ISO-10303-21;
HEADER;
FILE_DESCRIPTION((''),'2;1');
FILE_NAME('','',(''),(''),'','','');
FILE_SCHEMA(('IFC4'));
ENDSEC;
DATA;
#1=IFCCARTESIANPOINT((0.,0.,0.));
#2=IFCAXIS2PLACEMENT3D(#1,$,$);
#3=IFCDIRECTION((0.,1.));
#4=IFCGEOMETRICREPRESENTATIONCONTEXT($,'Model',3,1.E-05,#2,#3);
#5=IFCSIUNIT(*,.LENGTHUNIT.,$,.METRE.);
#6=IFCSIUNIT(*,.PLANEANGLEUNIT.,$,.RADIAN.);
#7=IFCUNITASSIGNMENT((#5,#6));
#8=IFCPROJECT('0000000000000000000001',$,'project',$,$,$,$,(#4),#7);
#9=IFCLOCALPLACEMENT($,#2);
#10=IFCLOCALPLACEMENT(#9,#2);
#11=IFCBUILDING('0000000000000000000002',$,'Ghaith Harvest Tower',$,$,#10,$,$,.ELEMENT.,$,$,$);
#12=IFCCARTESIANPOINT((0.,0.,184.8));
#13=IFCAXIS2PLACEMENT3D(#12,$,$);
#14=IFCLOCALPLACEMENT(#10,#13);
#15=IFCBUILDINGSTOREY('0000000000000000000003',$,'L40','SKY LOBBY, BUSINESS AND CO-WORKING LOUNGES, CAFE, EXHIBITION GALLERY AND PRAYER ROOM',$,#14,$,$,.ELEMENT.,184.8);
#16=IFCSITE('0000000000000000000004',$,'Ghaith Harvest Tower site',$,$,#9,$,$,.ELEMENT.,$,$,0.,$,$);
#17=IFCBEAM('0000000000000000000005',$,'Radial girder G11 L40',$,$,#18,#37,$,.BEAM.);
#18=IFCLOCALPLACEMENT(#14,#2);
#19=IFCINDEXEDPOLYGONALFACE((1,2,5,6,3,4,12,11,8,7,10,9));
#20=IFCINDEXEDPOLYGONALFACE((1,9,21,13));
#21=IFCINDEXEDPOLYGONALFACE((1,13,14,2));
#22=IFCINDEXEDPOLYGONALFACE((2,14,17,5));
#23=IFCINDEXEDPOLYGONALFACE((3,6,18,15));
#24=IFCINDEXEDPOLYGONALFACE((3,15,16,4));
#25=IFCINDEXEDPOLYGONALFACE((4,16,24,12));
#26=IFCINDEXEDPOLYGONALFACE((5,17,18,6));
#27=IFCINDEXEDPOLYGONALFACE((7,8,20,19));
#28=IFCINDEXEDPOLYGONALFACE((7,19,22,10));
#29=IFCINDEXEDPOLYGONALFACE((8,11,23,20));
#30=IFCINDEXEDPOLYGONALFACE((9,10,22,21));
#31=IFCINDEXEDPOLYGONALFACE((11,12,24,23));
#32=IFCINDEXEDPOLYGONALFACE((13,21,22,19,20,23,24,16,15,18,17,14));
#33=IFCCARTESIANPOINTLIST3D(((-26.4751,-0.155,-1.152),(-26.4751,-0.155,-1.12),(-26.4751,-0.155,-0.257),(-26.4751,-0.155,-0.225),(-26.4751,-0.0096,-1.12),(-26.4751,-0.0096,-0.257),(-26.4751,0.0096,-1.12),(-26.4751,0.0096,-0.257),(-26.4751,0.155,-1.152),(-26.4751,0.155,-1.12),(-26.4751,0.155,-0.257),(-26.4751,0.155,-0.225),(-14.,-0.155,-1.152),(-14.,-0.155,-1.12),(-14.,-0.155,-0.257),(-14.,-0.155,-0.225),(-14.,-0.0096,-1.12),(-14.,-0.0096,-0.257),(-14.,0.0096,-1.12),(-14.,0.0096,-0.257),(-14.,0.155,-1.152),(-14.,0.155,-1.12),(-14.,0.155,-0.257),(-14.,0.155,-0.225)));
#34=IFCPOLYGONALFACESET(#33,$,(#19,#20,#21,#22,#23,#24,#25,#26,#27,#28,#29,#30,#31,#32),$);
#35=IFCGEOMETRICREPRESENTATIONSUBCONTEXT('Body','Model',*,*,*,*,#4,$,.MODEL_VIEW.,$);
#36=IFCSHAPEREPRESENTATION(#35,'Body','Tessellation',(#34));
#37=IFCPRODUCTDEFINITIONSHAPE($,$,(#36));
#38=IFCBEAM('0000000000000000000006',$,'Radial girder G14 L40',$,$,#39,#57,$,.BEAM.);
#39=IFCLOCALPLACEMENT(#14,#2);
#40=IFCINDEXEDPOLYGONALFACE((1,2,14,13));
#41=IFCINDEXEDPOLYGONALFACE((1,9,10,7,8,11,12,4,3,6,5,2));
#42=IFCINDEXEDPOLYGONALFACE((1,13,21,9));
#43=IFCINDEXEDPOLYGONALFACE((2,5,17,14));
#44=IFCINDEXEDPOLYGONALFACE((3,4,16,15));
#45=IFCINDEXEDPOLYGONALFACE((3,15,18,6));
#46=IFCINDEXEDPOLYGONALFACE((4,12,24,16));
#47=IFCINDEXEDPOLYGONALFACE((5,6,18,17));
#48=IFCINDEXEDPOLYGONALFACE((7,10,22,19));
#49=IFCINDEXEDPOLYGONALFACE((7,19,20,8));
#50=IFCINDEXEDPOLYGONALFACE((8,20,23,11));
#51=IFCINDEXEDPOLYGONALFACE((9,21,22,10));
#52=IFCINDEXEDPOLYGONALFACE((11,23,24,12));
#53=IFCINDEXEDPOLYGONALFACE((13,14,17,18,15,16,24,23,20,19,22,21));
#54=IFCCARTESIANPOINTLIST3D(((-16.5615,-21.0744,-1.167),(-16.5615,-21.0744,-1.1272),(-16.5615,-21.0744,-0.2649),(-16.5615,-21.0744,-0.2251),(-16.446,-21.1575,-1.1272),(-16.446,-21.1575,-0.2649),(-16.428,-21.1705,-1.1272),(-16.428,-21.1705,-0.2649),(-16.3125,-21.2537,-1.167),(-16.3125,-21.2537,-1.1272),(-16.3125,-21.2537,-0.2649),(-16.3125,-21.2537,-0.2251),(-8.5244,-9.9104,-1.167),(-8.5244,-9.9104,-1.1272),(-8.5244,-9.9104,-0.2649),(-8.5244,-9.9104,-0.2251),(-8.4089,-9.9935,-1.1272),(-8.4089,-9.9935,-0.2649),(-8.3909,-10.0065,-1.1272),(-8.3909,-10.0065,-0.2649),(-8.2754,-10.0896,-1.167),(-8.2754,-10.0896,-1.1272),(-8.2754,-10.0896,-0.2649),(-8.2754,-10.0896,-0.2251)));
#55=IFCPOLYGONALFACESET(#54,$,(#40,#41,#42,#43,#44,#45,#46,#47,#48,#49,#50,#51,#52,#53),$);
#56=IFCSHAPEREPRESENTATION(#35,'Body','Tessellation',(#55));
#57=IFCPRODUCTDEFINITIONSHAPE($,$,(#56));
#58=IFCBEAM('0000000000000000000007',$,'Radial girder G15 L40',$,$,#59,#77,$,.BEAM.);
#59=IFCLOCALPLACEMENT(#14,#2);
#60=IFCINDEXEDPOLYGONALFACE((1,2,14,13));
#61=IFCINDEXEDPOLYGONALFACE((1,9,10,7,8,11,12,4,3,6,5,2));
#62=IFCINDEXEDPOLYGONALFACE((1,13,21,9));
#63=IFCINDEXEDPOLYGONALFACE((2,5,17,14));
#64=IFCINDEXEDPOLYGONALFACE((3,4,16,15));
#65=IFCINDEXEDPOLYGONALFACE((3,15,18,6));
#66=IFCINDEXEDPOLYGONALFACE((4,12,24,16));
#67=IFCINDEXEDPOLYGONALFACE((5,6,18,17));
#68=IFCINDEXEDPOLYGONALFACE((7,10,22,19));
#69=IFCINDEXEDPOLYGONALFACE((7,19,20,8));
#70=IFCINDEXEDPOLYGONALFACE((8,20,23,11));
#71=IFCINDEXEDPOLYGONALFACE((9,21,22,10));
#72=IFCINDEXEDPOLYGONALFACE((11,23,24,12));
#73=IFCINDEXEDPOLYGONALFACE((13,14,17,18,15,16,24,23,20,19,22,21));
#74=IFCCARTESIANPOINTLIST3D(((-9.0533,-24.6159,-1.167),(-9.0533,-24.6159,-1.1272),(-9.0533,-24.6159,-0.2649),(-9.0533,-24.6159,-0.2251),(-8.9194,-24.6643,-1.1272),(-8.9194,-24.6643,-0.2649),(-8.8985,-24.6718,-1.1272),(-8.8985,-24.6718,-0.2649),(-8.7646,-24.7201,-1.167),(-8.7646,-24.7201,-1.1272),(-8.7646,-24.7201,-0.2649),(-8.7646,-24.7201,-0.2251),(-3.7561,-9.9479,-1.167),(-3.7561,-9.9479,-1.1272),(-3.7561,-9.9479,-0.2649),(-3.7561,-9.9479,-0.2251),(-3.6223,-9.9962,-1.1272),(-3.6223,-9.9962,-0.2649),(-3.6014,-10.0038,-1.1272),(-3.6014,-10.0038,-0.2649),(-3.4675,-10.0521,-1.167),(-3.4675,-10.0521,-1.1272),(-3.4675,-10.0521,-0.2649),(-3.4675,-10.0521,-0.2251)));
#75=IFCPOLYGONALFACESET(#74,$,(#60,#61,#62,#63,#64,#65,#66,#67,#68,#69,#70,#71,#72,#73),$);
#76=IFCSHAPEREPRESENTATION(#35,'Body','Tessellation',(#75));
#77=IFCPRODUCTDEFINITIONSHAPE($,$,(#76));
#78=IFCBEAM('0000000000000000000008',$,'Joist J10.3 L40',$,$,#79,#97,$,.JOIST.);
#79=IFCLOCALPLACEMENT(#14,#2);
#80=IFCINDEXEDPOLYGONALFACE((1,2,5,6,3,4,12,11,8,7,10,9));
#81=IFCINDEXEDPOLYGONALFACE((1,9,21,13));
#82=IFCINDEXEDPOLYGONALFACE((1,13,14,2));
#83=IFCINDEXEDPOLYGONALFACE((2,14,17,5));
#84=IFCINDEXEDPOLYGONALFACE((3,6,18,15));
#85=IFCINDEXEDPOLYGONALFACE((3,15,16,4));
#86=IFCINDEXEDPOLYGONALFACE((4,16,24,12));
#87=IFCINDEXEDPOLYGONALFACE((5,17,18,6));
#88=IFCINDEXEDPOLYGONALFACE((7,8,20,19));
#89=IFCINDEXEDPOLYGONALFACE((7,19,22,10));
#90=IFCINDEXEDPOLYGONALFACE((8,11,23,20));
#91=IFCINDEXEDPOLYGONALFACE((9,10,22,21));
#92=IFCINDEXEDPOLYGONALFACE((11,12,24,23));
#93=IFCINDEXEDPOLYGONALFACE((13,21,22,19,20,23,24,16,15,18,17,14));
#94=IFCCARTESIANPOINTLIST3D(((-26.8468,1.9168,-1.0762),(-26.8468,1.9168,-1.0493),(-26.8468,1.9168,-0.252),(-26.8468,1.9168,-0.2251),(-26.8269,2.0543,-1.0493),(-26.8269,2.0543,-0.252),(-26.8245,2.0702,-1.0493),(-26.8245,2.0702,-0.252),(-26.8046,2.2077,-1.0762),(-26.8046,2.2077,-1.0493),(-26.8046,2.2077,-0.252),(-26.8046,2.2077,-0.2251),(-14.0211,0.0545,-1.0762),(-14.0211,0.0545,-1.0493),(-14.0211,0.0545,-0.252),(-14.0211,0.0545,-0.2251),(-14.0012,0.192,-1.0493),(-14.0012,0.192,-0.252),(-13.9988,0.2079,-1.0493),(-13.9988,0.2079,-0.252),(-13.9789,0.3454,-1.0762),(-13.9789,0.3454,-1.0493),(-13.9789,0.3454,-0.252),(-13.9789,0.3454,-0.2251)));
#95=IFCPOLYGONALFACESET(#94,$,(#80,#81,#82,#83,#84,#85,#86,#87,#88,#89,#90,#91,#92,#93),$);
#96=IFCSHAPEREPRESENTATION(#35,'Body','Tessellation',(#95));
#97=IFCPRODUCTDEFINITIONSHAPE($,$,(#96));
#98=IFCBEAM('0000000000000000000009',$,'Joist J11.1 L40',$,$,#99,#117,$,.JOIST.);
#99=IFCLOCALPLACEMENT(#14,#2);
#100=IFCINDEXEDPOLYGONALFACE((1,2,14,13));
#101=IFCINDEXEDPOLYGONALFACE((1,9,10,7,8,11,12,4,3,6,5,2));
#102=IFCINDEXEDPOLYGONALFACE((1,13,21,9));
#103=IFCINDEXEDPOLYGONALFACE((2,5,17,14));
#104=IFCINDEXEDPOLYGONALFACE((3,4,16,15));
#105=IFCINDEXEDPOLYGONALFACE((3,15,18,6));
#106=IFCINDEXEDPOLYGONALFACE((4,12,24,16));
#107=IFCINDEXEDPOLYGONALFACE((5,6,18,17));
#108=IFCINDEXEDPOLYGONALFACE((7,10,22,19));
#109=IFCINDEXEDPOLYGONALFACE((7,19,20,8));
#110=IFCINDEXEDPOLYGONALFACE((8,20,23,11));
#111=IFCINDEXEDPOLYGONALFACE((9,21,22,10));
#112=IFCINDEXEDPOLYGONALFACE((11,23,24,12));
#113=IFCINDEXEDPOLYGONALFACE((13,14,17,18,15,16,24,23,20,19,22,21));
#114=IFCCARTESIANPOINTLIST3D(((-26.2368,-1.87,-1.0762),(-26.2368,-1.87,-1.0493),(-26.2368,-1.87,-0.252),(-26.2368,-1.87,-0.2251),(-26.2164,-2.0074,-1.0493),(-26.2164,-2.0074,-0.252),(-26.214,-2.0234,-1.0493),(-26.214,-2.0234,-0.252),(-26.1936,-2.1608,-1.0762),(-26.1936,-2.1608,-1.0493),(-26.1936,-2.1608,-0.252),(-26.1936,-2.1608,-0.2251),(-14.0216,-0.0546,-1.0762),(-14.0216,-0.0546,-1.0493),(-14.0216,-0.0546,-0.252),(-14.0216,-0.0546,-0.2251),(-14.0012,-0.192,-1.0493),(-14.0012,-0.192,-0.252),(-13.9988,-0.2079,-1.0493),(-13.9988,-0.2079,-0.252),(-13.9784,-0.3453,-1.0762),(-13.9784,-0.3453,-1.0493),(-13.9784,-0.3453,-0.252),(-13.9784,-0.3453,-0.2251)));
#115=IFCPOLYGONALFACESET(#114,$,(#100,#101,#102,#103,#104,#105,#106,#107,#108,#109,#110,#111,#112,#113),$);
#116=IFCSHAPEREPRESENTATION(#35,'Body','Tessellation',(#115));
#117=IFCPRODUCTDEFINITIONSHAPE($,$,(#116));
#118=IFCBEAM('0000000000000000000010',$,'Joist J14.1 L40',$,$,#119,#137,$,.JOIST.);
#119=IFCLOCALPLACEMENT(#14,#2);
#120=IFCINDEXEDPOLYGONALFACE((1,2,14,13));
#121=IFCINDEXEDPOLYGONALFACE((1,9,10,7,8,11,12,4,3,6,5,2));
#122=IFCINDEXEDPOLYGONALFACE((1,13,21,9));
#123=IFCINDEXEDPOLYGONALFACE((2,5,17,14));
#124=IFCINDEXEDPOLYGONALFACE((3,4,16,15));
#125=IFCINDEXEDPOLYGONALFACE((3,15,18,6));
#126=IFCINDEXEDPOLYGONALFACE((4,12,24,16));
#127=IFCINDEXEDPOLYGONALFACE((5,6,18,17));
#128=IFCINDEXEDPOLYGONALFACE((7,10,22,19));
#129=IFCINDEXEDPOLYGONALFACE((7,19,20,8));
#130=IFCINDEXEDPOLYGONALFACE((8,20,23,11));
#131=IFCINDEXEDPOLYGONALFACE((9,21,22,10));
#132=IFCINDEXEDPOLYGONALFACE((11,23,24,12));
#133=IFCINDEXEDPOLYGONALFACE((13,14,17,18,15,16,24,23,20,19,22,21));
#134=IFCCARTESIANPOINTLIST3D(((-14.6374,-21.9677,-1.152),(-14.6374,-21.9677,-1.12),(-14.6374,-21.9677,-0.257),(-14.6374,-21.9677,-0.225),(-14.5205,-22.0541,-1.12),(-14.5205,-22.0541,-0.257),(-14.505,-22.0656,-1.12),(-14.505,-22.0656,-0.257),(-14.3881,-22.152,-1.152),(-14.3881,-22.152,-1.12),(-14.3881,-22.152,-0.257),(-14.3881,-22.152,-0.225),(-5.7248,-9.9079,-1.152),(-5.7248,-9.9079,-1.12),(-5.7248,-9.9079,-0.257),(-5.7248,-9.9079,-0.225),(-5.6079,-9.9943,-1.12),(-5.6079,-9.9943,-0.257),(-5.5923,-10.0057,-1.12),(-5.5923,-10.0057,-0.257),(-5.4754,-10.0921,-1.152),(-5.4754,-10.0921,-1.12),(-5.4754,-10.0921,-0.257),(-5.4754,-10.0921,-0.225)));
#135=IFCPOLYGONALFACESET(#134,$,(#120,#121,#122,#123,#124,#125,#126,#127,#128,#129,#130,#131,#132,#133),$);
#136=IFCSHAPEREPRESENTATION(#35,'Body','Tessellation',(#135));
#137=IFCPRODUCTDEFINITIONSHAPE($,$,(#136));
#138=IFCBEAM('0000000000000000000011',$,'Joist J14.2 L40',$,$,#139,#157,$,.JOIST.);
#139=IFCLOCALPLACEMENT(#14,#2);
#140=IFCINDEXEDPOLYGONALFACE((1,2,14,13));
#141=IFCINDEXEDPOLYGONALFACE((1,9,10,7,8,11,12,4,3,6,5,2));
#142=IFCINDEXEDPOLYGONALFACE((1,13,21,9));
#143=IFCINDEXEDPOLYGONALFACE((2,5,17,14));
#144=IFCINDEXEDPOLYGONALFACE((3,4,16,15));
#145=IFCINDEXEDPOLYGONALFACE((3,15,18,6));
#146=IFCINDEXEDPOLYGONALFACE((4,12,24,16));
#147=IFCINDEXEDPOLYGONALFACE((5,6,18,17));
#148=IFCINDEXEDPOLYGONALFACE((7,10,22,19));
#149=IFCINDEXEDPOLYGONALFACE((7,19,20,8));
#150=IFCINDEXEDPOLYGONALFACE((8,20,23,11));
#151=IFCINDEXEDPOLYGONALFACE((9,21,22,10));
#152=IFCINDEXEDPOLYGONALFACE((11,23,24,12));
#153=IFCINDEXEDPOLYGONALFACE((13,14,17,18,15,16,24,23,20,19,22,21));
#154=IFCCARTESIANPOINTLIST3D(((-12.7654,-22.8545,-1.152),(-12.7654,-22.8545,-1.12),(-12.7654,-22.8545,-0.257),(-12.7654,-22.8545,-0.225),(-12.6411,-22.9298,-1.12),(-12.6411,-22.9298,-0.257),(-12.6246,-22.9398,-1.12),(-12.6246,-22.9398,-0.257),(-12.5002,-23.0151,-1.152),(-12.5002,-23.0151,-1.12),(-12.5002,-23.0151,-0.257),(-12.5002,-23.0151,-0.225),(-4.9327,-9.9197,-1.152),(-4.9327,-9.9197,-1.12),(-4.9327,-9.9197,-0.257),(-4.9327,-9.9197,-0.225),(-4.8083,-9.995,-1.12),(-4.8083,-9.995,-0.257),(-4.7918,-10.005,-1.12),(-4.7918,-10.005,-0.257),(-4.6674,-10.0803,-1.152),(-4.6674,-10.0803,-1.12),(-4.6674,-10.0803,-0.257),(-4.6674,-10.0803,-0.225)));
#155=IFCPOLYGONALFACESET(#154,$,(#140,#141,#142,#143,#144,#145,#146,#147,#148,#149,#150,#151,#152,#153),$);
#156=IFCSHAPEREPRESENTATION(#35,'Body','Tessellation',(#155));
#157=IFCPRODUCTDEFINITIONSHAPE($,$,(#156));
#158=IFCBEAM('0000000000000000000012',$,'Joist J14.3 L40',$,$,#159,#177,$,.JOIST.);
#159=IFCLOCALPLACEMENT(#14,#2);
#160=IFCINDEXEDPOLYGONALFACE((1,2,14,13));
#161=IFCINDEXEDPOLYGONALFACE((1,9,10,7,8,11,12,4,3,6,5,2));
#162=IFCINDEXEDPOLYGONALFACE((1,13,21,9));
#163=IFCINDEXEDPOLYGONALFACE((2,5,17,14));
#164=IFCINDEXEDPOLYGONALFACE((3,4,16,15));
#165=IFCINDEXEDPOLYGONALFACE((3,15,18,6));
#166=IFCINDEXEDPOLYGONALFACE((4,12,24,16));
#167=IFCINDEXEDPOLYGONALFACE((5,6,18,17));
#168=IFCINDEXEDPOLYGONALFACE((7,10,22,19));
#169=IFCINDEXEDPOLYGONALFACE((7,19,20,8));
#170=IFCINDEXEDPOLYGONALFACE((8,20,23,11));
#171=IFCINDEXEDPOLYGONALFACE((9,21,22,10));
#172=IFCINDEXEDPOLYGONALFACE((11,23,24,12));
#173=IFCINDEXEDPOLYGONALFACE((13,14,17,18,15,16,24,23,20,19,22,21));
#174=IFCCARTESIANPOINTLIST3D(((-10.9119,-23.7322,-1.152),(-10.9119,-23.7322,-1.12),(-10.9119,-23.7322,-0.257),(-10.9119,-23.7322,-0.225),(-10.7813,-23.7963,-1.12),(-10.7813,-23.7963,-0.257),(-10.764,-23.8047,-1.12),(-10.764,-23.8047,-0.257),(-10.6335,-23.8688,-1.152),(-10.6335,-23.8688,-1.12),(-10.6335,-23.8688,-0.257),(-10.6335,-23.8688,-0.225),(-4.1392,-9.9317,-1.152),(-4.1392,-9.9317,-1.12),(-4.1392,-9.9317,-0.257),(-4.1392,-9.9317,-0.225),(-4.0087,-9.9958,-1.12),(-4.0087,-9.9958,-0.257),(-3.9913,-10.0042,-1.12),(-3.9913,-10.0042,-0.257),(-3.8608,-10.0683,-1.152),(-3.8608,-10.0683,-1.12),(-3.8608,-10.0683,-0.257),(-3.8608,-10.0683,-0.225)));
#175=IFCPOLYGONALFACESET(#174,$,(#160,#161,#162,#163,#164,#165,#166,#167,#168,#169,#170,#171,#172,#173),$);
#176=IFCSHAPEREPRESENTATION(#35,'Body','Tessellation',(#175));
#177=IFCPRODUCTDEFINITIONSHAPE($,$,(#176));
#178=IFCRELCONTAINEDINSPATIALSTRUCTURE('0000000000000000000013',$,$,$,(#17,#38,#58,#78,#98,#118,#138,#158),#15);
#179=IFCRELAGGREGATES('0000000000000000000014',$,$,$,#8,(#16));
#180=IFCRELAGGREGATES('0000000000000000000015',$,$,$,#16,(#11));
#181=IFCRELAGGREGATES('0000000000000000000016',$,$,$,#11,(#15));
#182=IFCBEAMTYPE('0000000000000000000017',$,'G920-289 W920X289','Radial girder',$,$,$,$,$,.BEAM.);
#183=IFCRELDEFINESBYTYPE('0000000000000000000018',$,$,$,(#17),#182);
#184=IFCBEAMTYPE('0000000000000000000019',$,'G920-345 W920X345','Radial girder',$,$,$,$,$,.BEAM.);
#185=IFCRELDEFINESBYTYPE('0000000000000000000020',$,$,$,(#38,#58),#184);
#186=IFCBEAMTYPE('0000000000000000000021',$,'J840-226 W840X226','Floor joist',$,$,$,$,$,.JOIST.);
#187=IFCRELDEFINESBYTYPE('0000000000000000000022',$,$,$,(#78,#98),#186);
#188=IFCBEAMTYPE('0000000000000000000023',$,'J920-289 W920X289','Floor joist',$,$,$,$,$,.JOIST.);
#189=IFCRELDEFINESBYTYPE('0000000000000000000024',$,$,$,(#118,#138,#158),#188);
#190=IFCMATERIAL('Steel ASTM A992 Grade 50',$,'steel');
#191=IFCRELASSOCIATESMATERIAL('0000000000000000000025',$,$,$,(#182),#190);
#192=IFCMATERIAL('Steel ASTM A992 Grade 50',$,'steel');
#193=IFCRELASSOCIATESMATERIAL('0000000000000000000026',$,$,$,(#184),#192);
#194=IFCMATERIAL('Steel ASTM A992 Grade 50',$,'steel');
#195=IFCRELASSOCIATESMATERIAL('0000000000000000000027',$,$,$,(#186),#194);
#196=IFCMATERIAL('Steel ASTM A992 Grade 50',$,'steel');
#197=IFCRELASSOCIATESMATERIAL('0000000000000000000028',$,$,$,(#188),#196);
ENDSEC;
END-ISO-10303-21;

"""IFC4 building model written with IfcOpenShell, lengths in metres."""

from ifc_helpers import new_model, si_unit, direction, frame, origin, origin_2d, place, context, subcontext, project, spatial, i_section, extrude, material, material_profile, profile_set, type_object, element, save


model = new_model("IFC4")

# Units and contexts
model_context = context("Model", 3, precision=1e-05, world=origin(), true_north=direction((0.0, 1.0)))
body_context = subcontext(model_context, "Body", "Model", "MODEL_VIEW")
ifc_project = project(units=[si_unit("LENGTHUNIT", "METRE"), si_unit("PLANEANGLEUNIT", "RADIAN")], contexts=[model_context])

# Site, building, storey
site_placement = place(None, origin())
site = spatial("IfcSite", under=ifc_project, at=site_placement, Name="Ghaith Harvest Tower site", CompositionType="ELEMENT", RefElevation=0.0)
building_placement = place(site_placement, origin())
building = spatial("IfcBuilding", under=site, at=building_placement, Name="Ghaith Harvest Tower", CompositionType="ELEMENT")
storey_placement = place(building_placement, frame((0.0, 0.0, 184.8)))
storey = spatial("IfcBuildingStorey", under=building, at=storey_placement, Name="L40", Description="SKY LOBBY, BUSINESS AND CO-WORKING LOUNGES, CAFE, EXHIBITION GALLERY AND PRAYER ROOM", CompositionType="ELEMENT", Elevation=184.8)

# Beams
ifc_material_1 = material(Name="Steel ASTM A992 Grade 50", Category="steel")
ifc_material_profile_1 = material_profile(ifc_material_1, i_section(OverallWidth=0.3101, OverallDepth=0.927, WebThickness=0.0193, FlangeThickness=0.032, at=origin_2d()), Name="W920X289")
ifc_profile_set_1 = profile_set([ifc_material_profile_1], Name="Steel ASTM A992 Grade 50")
beam_type_1 = type_object("IfcBeamType", Name="G920-289 W920X289", Description="Radial girder", PredefinedType="BEAM", material=ifc_profile_set_1)
beam_1_placement = place(storey_placement, frame((-14.0, 0.0, -0.6885), z_axis=(-1.0, 0.0, 0.0), x_axis=(0.0, -1.0, 0.0)))
element("IfcBeam", 1, at=beam_1_placement, inside=storey, type_object=beam_type_1, Name="Radial girder G11 L40", PredefinedType="BEAM", context=body_context, shape_type="SweptSolid", body=[
    extrude(i_section(OverallWidth=0.3101, OverallDepth=0.927, WebThickness=0.0193, FlangeThickness=0.032, at=origin_2d()), origin(), (0.0, 0.0, 1.0), 12.4751),
])
ifc_material_2 = material(Name="Steel ASTM A992 Grade 50", Category="steel")
ifc_material_profile_2 = material_profile(ifc_material_2, i_section(OverallWidth=0.3069, OverallDepth=0.9419, WebThickness=0.0222, FlangeThickness=0.0398, at=origin_2d()), Name="W920X345")
ifc_profile_set_2 = profile_set([ifc_material_profile_2], Name="Steel ASTM A992 Grade 50")
beam_type_2 = type_object("IfcBeamType", Name="G920-345 W920X345", Description="Radial girder", PredefinedType="BEAM", material=ifc_profile_set_2)
beam_2_placement = place(storey_placement, frame((-8.3999, -10.0, -0.696), z_axis=(-0.584256, -0.811569, 0.0), x_axis=(0.811569, -0.584256, 0.0)))
element("IfcBeam", 2, at=beam_2_placement, inside=storey, type_object=beam_type_2, Name="Radial girder G14 L40", PredefinedType="BEAM", context=body_context, shape_type="SweptSolid", body=[
    extrude(i_section(OverallWidth=0.3069, OverallDepth=0.9419, WebThickness=0.0222, FlangeThickness=0.0398, at=origin_2d()), origin(), (0.0, 0.0, 1.0), 13.7561),
])
beam_3_placement = place(storey_placement, frame((-3.6118, -10.0, -0.696), z_axis=(-0.339664, -0.940547, 0.0), x_axis=(0.940547, -0.339664, 0.0)))
element("IfcBeam", 3, at=beam_3_placement, inside=storey, type_object=beam_type_2, Name="Radial girder G15 L40", PredefinedType="BEAM", context=body_context, shape_type="SweptSolid", body=[
    extrude(i_section(OverallWidth=0.3069, OverallDepth=0.9419, WebThickness=0.0222, FlangeThickness=0.0398, at=origin_2d()), origin(), (0.0, 0.0, 1.0), 15.5952),
])
ifc_material_3 = material(Name="Steel ASTM A992 Grade 50", Category="steel")
ifc_material_profile_3 = material_profile(ifc_material_3, i_section(OverallWidth=0.2939, OverallDepth=0.8511, WebThickness=0.0161, FlangeThickness=0.0269, at=origin_2d()), Name="W840X226")
ifc_profile_set_3 = profile_set([ifc_material_profile_3], Name="Steel ASTM A992 Grade 50")
beam_type_3 = type_object("IfcBeamType", Name="J840-226 W840X226", Description="Floor joist", PredefinedType="JOIST", material=ifc_profile_set_3)
beam_4_placement = place(storey_placement, frame((-14.0, 0.2, -0.6506), z_axis=(-0.989622, 0.143694, 0.0), x_axis=(-0.143694, -0.989622, 0.0)))
element("IfcBeam", 4, at=beam_4_placement, inside=storey, type_object=beam_type_3, Name="Joist J10.3 L40", PredefinedType="JOIST", context=body_context, shape_type="SweptSolid", body=[
    extrude(i_section(OverallWidth=0.2939, OverallDepth=0.8511, WebThickness=0.0161, FlangeThickness=0.0269, at=origin_2d()), origin(), (0.0, 0.0, 1.0), 12.9602),
])
beam_5_placement = place(storey_placement, frame((-14.0, -0.2, -0.6506), z_axis=(-0.989135, -0.147007, 0.0), x_axis=(0.147007, -0.989135, 0.0)))
element("IfcBeam", 5, at=beam_5_placement, inside=storey, type_object=beam_type_3, Name="Joist J11.1 L40", PredefinedType="JOIST", context=body_context, shape_type="SweptSolid", body=[
    extrude(i_section(OverallWidth=0.2939, OverallDepth=0.8511, WebThickness=0.0161, FlangeThickness=0.0269, at=origin_2d()), origin(), (0.0, 0.0, 1.0), 12.3494),
])
ifc_material_4 = material(Name="Steel ASTM A992 Grade 50", Category="steel")
ifc_material_profile_4 = material_profile(ifc_material_4, i_section(OverallWidth=0.3101, OverallDepth=0.927, WebThickness=0.0193, FlangeThickness=0.032, at=origin_2d()), Name="W920X289")
ifc_profile_set_4 = profile_set([ifc_material_profile_4], Name="Steel ASTM A992 Grade 50")
beam_type_4 = type_object("IfcBeamType", Name="J920-289 W920X289", Description="Floor joist", PredefinedType="JOIST", material=ifc_profile_set_4)
beam_6_placement = place(storey_placement, frame((-5.6001, -10.0, -0.6885), z_axis=(-0.59434, -0.804214, 0.0), x_axis=(0.804214, -0.59434, 0.0)))
element("IfcBeam", 6, at=beam_6_placement, inside=storey, type_object=beam_type_4, Name="Joist J14.1 L40", PredefinedType="JOIST", context=body_context, shape_type="SweptSolid", body=[
    extrude(i_section(OverallWidth=0.3101, OverallDepth=0.927, WebThickness=0.0193, FlangeThickness=0.032, at=origin_2d()), origin(), (0.0, 0.0, 1.0), 14.9958),
])
beam_7_placement = place(storey_placement, frame((-4.8, -10.0, -0.6885), z_axis=(-0.517986, -0.855389, 0.0), x_axis=(0.855389, -0.517986, 0.0)))
element("IfcBeam", 7, at=beam_7_placement, inside=storey, type_object=beam_type_4, Name="Joist J14.2 L40", PredefinedType="JOIST", context=body_context, shape_type="SweptSolid", body=[
    extrude(i_section(OverallWidth=0.3101, OverallDepth=0.927, WebThickness=0.0193, FlangeThickness=0.032, at=origin_2d()), origin(), (0.0, 0.0, 1.0), 15.1216),
])
beam_8_placement = place(storey_placement, frame((-4.0, -10.0, -0.6885), z_axis=(-0.440563, -0.897722, 0.0), x_axis=(0.897722, -0.440563, 0.0)))
element("IfcBeam", 8, at=beam_8_placement, inside=storey, type_object=beam_type_4, Name="Joist J14.3 L40", PredefinedType="JOIST", context=body_context, shape_type="SweptSolid", body=[
    extrude(i_section(OverallWidth=0.3101, OverallDepth=0.927, WebThickness=0.0193, FlangeThickness=0.032, at=origin_2d()), origin(), (0.0, 0.0, 1.0), 15.3728),
])

save(model, "model.ifc")
